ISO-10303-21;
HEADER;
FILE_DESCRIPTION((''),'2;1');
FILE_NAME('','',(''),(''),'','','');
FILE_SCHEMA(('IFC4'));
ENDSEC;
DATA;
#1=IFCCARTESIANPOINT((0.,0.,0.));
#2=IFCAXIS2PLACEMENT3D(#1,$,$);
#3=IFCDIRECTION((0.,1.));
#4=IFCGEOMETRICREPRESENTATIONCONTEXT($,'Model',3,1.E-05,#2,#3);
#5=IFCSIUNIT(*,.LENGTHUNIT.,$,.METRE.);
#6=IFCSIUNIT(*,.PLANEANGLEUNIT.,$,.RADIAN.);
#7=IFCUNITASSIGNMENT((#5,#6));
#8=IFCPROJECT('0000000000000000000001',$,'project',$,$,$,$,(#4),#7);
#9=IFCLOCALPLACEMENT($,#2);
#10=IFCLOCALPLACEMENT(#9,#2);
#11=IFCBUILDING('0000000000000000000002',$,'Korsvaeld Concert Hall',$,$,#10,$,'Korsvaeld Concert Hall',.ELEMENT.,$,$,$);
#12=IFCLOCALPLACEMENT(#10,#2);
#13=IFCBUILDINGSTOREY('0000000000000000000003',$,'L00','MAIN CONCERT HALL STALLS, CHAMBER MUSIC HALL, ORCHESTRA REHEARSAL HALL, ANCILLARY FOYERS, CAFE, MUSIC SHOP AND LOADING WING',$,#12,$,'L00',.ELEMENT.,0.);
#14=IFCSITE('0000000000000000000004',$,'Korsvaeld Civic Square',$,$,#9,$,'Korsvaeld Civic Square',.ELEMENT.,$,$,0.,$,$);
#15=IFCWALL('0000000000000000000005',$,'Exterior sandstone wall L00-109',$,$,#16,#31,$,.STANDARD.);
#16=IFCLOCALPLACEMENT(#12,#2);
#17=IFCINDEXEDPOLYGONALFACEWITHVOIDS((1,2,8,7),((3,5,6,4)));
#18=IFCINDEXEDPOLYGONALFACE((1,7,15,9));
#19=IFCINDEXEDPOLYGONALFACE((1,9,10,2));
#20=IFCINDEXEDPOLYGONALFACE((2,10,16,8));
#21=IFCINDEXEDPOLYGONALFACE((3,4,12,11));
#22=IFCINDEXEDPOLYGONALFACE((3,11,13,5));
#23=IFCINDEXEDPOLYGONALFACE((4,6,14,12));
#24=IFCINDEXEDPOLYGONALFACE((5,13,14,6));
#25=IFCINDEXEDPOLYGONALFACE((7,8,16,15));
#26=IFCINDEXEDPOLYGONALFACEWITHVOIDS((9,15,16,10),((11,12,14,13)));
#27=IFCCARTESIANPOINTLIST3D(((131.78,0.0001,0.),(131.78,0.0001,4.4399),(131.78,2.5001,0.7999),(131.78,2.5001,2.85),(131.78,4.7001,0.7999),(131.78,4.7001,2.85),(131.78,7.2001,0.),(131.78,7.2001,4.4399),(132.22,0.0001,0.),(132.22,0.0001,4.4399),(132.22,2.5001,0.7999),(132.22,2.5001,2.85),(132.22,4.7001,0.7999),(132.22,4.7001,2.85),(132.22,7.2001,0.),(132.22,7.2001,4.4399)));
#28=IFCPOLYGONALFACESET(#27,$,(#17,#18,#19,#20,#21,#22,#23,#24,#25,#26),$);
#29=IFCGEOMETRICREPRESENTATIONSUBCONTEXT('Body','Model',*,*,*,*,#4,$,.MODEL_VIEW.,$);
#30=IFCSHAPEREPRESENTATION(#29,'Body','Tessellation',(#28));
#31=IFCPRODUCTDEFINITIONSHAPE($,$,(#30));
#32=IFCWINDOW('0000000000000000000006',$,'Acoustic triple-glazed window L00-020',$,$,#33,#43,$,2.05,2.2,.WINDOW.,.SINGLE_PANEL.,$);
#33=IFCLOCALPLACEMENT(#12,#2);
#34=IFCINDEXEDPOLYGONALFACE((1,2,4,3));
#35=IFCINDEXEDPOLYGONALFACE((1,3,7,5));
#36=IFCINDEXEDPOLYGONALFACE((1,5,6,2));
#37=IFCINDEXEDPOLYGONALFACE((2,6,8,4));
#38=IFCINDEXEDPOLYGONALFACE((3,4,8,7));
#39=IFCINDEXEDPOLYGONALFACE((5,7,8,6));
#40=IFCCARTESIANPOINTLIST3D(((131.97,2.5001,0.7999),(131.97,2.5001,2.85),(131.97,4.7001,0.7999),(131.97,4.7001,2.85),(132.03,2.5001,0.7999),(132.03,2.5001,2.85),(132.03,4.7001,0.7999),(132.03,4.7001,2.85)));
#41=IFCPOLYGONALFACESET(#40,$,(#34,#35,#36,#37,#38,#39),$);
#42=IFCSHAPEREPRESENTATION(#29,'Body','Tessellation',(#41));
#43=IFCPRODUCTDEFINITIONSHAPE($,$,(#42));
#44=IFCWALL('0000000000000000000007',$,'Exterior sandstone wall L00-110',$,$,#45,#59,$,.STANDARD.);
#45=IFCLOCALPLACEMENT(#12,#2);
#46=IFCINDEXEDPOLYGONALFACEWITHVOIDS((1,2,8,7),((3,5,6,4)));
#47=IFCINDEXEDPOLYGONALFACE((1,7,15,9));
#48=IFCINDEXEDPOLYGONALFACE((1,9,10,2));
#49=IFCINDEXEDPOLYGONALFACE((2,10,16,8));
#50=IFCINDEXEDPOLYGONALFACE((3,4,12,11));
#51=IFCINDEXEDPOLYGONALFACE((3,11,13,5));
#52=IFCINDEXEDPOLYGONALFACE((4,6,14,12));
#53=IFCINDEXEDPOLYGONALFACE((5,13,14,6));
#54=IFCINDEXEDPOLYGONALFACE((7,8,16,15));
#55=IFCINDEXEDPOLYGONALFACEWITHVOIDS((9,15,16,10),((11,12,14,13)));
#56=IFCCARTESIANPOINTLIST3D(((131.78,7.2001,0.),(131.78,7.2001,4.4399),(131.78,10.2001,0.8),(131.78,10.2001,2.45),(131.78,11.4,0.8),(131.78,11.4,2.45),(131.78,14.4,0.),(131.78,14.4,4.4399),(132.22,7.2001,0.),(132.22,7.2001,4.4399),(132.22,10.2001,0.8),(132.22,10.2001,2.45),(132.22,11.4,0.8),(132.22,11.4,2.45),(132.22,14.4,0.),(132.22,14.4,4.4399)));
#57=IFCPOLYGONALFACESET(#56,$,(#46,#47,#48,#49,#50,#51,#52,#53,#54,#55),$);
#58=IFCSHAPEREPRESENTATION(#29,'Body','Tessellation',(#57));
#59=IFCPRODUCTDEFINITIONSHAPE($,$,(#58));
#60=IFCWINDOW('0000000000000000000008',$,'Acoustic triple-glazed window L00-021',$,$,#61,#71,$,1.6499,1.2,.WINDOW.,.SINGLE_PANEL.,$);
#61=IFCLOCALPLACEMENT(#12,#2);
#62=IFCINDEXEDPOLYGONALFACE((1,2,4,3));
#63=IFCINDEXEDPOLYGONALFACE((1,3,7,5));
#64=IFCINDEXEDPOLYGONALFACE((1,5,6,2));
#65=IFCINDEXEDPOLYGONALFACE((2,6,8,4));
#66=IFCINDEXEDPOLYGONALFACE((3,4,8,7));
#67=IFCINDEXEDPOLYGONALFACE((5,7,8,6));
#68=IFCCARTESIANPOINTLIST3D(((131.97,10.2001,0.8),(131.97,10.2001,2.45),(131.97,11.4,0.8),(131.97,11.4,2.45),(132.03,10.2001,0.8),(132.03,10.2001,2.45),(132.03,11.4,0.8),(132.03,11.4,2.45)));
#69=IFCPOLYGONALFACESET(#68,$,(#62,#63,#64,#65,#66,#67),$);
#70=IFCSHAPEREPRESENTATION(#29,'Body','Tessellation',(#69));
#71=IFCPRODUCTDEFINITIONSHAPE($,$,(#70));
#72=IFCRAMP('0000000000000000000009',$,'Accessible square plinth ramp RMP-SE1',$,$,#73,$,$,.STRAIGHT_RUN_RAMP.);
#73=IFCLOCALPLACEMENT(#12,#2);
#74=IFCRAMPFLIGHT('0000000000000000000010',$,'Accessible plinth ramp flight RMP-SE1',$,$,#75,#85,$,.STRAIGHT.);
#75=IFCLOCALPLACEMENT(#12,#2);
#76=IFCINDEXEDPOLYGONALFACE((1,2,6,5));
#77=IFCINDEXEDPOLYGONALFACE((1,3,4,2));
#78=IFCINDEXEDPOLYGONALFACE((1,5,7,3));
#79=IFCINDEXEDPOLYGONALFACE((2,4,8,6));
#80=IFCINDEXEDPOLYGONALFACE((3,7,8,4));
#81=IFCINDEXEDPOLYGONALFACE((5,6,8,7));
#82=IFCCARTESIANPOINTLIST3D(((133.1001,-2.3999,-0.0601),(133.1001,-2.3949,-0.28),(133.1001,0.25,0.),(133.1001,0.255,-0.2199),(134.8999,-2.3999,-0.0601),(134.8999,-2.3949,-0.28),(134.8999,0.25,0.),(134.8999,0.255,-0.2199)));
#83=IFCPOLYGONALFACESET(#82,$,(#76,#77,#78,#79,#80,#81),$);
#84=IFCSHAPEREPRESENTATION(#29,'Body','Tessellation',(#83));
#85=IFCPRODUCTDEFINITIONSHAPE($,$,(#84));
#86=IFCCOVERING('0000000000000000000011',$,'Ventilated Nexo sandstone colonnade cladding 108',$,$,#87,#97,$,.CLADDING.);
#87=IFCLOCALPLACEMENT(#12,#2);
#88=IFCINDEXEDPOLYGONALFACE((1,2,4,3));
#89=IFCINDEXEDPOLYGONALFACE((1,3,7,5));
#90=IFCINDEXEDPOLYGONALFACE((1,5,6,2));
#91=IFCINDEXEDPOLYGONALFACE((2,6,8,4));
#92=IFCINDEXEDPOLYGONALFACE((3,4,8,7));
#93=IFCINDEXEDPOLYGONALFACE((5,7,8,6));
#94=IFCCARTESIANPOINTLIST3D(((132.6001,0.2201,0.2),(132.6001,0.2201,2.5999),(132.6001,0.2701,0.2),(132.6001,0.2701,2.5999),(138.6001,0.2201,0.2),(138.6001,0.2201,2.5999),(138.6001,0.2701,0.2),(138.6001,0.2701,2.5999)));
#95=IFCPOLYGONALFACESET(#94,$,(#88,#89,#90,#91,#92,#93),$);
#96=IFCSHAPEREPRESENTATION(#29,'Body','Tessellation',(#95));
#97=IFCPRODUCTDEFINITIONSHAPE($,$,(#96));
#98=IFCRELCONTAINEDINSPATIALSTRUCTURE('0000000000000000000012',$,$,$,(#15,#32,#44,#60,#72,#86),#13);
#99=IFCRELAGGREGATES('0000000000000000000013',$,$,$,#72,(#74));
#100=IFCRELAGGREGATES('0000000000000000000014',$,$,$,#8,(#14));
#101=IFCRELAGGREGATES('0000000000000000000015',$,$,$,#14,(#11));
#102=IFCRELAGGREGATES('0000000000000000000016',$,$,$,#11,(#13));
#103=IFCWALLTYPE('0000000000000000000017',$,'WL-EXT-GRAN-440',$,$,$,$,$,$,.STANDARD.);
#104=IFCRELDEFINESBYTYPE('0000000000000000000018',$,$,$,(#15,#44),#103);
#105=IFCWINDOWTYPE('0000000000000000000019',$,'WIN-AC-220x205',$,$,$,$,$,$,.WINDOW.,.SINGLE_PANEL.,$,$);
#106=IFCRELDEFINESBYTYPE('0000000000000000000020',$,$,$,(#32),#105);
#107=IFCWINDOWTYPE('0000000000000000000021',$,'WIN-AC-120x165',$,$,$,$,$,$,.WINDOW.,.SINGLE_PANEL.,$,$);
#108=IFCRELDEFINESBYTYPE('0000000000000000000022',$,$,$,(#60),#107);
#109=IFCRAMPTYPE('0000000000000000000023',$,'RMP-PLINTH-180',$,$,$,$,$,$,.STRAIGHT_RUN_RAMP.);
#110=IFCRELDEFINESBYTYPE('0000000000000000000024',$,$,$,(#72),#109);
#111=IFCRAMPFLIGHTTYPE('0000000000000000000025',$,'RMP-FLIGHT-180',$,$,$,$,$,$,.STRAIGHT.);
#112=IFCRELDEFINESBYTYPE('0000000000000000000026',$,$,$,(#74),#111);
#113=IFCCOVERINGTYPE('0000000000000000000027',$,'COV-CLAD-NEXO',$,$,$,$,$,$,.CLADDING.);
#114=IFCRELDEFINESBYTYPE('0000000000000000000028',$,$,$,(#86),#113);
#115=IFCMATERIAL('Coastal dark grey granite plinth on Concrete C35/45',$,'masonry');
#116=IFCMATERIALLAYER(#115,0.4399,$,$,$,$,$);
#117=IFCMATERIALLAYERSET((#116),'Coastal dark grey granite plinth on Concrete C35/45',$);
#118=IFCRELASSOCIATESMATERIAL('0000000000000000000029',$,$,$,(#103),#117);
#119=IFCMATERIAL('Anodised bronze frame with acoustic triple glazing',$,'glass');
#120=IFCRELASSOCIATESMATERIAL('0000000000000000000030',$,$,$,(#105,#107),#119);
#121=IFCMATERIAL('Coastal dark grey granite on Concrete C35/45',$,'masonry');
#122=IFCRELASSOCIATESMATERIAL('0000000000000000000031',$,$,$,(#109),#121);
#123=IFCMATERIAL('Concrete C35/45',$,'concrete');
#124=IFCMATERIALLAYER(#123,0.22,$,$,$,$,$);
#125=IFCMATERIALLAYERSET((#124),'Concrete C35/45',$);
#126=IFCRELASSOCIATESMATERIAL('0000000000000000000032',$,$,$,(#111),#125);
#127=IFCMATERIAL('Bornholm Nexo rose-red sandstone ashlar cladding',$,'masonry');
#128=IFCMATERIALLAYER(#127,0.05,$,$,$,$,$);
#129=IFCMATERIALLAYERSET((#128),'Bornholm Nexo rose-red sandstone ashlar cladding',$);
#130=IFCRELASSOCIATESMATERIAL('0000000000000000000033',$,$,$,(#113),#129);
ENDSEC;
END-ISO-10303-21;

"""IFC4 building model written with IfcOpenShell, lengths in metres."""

from ifc_helpers import new_model, si_unit, direction, frame, frame_2d, origin, origin_2d, place, context, subcontext, project, spatial, polyline, rectangle, outline, extrude, material, layer, layer_set, type_object, element, fill, aggregate, save


model = new_model("IFC4")

# Units and contexts
model_context = context("Model", 3, precision=1e-05, world=origin(), true_north=direction((0.0, 1.0)))
body_context = subcontext(model_context, "Body", "Model", "MODEL_VIEW")
ifc_project = project(units=[si_unit("LENGTHUNIT", "METRE"), si_unit("PLANEANGLEUNIT", "RADIAN")], contexts=[model_context])

# Site, building, storey
site_placement = place(None, origin())
site = spatial("IfcSite", under=ifc_project, at=site_placement, Name="Korsvaeld Civic Square", LongName="Korsvaeld Civic Square", CompositionType="ELEMENT", RefElevation=0.0)
building_placement = place(site_placement, origin())
building = spatial("IfcBuilding", under=site, at=building_placement, Name="Korsvaeld Concert Hall", LongName="Korsvaeld Concert Hall", CompositionType="ELEMENT")
storey_placement = place(building_placement, origin())
storey = spatial("IfcBuildingStorey", under=building, at=storey_placement, Name="L00", Description="MAIN CONCERT HALL STALLS, CHAMBER MUSIC HALL, ORCHESTRA REHEARSAL HALL, ANCILLARY FOYERS, CAFE, MUSIC SHOP AND LOADING WING", LongName="L00", CompositionType="ELEMENT", Elevation=0.0)

# Shared definitions
ifc_material_1 = material(Name="Concrete C35/45", Category="concrete")

# Walls, openings, windows
ifc_material_2 = material(Name="Coastal dark grey granite plinth on Concrete C35/45", Category="masonry")
ifc_layer_1 = layer(ifc_material_2, 0.4399)
ifc_layer_set_1 = layer_set([ifc_layer_1], Name="Coastal dark grey granite plinth on Concrete C35/45")
wall_type = type_object("IfcWallType", Name="WL-EXT-GRAN-440", PredefinedType="STANDARD", material=ifc_layer_set_1)
ifc_material_3 = material(Name="Anodised bronze frame with acoustic triple glazing", Category="glass")
wall_1_placement = place(storey_placement, frame((132.0, 0.0, 0.0), z_axis=(0.0, 0.0, 1.0), x_axis=(0.0, 1.0, 0.0)))
wall_1 = element("IfcWall", 1, at=wall_1_placement, inside=storey, type_object=wall_type, Name="Exterior sandstone wall L00-109", PredefinedType="STANDARD", context=body_context, shape_type="SweptSolid", body=[
    extrude(rectangle(XDim=7.2, YDim=0.4399, at=frame_2d((3.6001, 0.0))), origin(), (0.0, 0.0, 1.0), 4.4399),
])
opening_1_placement = place(wall_1_placement, frame((2.5, 0.0, 0.8)))
opening_1 = element("IfcOpeningElement", 2, at=opening_1_placement, cuts=wall_1, PredefinedType="OPENING", context=body_context, shape_type="SweptSolid", body=[
    extrude(rectangle(XDim=2.2, YDim=2.05, at=frame_2d((1.1001, 1.0249))), frame((0.0, 0.23, 0.0), z_axis=(0.0, -1.0, 0.0), x_axis=(1.0, 0.0, 0.0)), (0.0, 0.0, 1.0), 0.46),
])
window_type_1 = type_object("IfcWindowType", Name="WIN-AC-220x205", PartitioningType="SINGLE_PANEL", PredefinedType="WINDOW", material=ifc_material_3)
window_1_placement = place(opening_1_placement, origin())
window_1 = element("IfcWindow", 3, at=window_1_placement, inside=storey, type_object=window_type_1, Name="Acoustic triple-glazed window L00-020", OverallHeight=2.05, OverallWidth=2.2, PartitioningType="SINGLE_PANEL", PredefinedType="WINDOW", context=body_context, shape_type="SweptSolid", body=[
    extrude(rectangle(XDim=2.2, YDim=2.05, at=frame_2d((1.1001, 1.0249))), frame((0.0, 0.03, 0.0), z_axis=(0.0, -1.0, 0.0), x_axis=(1.0, 0.0, 0.0)), (0.0, 0.0, 1.0), 0.0601),
])
fill(opening_1, window_1)
wall_2_placement = place(storey_placement, frame((132.0, 7.2, 0.0), z_axis=(0.0, 0.0, 1.0), x_axis=(0.0, 1.0, 0.0)))
wall_2 = element("IfcWall", 4, at=wall_2_placement, inside=storey, type_object=wall_type, Name="Exterior sandstone wall L00-110", PredefinedType="STANDARD", context=body_context, shape_type="SweptSolid", body=[
    extrude(rectangle(XDim=7.2, YDim=0.4399, at=frame_2d((3.6001, 0.0))), origin(), (0.0, 0.0, 1.0), 4.4399),
])
opening_2_placement = place(wall_2_placement, frame((3.0, 0.0, 0.8)))
opening_2 = element("IfcOpeningElement", 5, at=opening_2_placement, cuts=wall_2, PredefinedType="OPENING", context=body_context, shape_type="SweptSolid", body=[
    extrude(rectangle(XDim=1.2, YDim=1.6499, at=frame_2d((0.6001, 0.825))), frame((0.0, 0.23, 0.0), z_axis=(0.0, -1.0, 0.0), x_axis=(1.0, 0.0, 0.0)), (0.0, 0.0, 1.0), 0.46),
])
window_type_2 = type_object("IfcWindowType", Name="WIN-AC-120x165", PartitioningType="SINGLE_PANEL", PredefinedType="WINDOW", material=ifc_material_3)
window_2_placement = place(opening_2_placement, origin())
window_2 = element("IfcWindow", 6, at=window_2_placement, inside=storey, type_object=window_type_2, Name="Acoustic triple-glazed window L00-021", OverallHeight=1.6499, OverallWidth=1.2, PartitioningType="SINGLE_PANEL", PredefinedType="WINDOW", context=body_context, shape_type="SweptSolid", body=[
    extrude(rectangle(XDim=1.2, YDim=1.6499, at=frame_2d((0.6001, 0.825))), frame((0.0, 0.03, 0.0), z_axis=(0.0, -1.0, 0.0), x_axis=(1.0, 0.0, 0.0)), (0.0, 0.0, 1.0), 0.0601),
])
fill(opening_2, window_2)

# Ramp, ramp flight
ifc_material_4 = material(Name="Coastal dark grey granite on Concrete C35/45", Category="masonry")
ramp_type = type_object("IfcRampType", Name="RMP-PLINTH-180", PredefinedType="STRAIGHT_RUN_RAMP", material=ifc_material_4)
ramp_placement = place(storey_placement, origin())
ramp = element("IfcRamp", 7, at=ramp_placement, inside=storey, type_object=ramp_type, Name="Accessible square plinth ramp RMP-SE1", PredefinedType="STRAIGHT_RUN_RAMP")
ifc_layer_2 = layer(ifc_material_1, 0.22)
ifc_layer_set_2 = layer_set([ifc_layer_2], Name="Concrete C35/45")
ramp_flight_type = type_object("IfcRampFlightType", Name="RMP-FLIGHT-180", PredefinedType="STRAIGHT", material=ifc_layer_set_2)
ramp_flight_placement = place(storey_placement, frame((133.1001, -2.3999, -0.0601), z_axis=(0.0, -0.022659, 0.999743), x_axis=(1.0, 0.0, 0.0)))
ramp_flight = element("IfcRampFlight", 8, at=ramp_flight_placement, type_object=ramp_flight_type, Name="Accessible plinth ramp flight RMP-SE1", PredefinedType="STRAIGHT", context=body_context, shape_type="SweptSolid", body=[
    extrude(outline(polyline([(0.0, 0.0), (1.7998, 0.0), (1.7998, 2.6506), (0.0, 2.6506), (0.0, 0.0)])), origin(), (0.0, 0.0, -1.0), 0.22),
])
aggregate(ramp, [ramp_flight])

# Covering
ifc_material_5 = material(Name="Bornholm Nexo rose-red sandstone ashlar cladding", Category="masonry")
ifc_layer_3 = layer(ifc_material_5, 0.05)
ifc_layer_set_3 = layer_set([ifc_layer_3], Name="Bornholm Nexo rose-red sandstone ashlar cladding")
covering_type = type_object("IfcCoveringType", Name="COV-CLAD-NEXO", PredefinedType="CLADDING", material=ifc_layer_set_3)
covering_placement = place(storey_placement, frame((135.6001, 0.2451, 0.2), z_axis=(0.0, 0.0, 1.0), x_axis=(-1.0, 0.0, 0.0)))
element("IfcCovering", 9, at=covering_placement, inside=storey, type_object=covering_type, Name="Ventilated Nexo sandstone colonnade cladding 108", PredefinedType="CLADDING", context=body_context, shape_type="SweptSolid", body=[
    extrude(rectangle(XDim=6.0, YDim=0.05, at=origin_2d()), origin(), (0.0, 0.0, 1.0), 2.3999),
])

save(model, "model.ifc")
